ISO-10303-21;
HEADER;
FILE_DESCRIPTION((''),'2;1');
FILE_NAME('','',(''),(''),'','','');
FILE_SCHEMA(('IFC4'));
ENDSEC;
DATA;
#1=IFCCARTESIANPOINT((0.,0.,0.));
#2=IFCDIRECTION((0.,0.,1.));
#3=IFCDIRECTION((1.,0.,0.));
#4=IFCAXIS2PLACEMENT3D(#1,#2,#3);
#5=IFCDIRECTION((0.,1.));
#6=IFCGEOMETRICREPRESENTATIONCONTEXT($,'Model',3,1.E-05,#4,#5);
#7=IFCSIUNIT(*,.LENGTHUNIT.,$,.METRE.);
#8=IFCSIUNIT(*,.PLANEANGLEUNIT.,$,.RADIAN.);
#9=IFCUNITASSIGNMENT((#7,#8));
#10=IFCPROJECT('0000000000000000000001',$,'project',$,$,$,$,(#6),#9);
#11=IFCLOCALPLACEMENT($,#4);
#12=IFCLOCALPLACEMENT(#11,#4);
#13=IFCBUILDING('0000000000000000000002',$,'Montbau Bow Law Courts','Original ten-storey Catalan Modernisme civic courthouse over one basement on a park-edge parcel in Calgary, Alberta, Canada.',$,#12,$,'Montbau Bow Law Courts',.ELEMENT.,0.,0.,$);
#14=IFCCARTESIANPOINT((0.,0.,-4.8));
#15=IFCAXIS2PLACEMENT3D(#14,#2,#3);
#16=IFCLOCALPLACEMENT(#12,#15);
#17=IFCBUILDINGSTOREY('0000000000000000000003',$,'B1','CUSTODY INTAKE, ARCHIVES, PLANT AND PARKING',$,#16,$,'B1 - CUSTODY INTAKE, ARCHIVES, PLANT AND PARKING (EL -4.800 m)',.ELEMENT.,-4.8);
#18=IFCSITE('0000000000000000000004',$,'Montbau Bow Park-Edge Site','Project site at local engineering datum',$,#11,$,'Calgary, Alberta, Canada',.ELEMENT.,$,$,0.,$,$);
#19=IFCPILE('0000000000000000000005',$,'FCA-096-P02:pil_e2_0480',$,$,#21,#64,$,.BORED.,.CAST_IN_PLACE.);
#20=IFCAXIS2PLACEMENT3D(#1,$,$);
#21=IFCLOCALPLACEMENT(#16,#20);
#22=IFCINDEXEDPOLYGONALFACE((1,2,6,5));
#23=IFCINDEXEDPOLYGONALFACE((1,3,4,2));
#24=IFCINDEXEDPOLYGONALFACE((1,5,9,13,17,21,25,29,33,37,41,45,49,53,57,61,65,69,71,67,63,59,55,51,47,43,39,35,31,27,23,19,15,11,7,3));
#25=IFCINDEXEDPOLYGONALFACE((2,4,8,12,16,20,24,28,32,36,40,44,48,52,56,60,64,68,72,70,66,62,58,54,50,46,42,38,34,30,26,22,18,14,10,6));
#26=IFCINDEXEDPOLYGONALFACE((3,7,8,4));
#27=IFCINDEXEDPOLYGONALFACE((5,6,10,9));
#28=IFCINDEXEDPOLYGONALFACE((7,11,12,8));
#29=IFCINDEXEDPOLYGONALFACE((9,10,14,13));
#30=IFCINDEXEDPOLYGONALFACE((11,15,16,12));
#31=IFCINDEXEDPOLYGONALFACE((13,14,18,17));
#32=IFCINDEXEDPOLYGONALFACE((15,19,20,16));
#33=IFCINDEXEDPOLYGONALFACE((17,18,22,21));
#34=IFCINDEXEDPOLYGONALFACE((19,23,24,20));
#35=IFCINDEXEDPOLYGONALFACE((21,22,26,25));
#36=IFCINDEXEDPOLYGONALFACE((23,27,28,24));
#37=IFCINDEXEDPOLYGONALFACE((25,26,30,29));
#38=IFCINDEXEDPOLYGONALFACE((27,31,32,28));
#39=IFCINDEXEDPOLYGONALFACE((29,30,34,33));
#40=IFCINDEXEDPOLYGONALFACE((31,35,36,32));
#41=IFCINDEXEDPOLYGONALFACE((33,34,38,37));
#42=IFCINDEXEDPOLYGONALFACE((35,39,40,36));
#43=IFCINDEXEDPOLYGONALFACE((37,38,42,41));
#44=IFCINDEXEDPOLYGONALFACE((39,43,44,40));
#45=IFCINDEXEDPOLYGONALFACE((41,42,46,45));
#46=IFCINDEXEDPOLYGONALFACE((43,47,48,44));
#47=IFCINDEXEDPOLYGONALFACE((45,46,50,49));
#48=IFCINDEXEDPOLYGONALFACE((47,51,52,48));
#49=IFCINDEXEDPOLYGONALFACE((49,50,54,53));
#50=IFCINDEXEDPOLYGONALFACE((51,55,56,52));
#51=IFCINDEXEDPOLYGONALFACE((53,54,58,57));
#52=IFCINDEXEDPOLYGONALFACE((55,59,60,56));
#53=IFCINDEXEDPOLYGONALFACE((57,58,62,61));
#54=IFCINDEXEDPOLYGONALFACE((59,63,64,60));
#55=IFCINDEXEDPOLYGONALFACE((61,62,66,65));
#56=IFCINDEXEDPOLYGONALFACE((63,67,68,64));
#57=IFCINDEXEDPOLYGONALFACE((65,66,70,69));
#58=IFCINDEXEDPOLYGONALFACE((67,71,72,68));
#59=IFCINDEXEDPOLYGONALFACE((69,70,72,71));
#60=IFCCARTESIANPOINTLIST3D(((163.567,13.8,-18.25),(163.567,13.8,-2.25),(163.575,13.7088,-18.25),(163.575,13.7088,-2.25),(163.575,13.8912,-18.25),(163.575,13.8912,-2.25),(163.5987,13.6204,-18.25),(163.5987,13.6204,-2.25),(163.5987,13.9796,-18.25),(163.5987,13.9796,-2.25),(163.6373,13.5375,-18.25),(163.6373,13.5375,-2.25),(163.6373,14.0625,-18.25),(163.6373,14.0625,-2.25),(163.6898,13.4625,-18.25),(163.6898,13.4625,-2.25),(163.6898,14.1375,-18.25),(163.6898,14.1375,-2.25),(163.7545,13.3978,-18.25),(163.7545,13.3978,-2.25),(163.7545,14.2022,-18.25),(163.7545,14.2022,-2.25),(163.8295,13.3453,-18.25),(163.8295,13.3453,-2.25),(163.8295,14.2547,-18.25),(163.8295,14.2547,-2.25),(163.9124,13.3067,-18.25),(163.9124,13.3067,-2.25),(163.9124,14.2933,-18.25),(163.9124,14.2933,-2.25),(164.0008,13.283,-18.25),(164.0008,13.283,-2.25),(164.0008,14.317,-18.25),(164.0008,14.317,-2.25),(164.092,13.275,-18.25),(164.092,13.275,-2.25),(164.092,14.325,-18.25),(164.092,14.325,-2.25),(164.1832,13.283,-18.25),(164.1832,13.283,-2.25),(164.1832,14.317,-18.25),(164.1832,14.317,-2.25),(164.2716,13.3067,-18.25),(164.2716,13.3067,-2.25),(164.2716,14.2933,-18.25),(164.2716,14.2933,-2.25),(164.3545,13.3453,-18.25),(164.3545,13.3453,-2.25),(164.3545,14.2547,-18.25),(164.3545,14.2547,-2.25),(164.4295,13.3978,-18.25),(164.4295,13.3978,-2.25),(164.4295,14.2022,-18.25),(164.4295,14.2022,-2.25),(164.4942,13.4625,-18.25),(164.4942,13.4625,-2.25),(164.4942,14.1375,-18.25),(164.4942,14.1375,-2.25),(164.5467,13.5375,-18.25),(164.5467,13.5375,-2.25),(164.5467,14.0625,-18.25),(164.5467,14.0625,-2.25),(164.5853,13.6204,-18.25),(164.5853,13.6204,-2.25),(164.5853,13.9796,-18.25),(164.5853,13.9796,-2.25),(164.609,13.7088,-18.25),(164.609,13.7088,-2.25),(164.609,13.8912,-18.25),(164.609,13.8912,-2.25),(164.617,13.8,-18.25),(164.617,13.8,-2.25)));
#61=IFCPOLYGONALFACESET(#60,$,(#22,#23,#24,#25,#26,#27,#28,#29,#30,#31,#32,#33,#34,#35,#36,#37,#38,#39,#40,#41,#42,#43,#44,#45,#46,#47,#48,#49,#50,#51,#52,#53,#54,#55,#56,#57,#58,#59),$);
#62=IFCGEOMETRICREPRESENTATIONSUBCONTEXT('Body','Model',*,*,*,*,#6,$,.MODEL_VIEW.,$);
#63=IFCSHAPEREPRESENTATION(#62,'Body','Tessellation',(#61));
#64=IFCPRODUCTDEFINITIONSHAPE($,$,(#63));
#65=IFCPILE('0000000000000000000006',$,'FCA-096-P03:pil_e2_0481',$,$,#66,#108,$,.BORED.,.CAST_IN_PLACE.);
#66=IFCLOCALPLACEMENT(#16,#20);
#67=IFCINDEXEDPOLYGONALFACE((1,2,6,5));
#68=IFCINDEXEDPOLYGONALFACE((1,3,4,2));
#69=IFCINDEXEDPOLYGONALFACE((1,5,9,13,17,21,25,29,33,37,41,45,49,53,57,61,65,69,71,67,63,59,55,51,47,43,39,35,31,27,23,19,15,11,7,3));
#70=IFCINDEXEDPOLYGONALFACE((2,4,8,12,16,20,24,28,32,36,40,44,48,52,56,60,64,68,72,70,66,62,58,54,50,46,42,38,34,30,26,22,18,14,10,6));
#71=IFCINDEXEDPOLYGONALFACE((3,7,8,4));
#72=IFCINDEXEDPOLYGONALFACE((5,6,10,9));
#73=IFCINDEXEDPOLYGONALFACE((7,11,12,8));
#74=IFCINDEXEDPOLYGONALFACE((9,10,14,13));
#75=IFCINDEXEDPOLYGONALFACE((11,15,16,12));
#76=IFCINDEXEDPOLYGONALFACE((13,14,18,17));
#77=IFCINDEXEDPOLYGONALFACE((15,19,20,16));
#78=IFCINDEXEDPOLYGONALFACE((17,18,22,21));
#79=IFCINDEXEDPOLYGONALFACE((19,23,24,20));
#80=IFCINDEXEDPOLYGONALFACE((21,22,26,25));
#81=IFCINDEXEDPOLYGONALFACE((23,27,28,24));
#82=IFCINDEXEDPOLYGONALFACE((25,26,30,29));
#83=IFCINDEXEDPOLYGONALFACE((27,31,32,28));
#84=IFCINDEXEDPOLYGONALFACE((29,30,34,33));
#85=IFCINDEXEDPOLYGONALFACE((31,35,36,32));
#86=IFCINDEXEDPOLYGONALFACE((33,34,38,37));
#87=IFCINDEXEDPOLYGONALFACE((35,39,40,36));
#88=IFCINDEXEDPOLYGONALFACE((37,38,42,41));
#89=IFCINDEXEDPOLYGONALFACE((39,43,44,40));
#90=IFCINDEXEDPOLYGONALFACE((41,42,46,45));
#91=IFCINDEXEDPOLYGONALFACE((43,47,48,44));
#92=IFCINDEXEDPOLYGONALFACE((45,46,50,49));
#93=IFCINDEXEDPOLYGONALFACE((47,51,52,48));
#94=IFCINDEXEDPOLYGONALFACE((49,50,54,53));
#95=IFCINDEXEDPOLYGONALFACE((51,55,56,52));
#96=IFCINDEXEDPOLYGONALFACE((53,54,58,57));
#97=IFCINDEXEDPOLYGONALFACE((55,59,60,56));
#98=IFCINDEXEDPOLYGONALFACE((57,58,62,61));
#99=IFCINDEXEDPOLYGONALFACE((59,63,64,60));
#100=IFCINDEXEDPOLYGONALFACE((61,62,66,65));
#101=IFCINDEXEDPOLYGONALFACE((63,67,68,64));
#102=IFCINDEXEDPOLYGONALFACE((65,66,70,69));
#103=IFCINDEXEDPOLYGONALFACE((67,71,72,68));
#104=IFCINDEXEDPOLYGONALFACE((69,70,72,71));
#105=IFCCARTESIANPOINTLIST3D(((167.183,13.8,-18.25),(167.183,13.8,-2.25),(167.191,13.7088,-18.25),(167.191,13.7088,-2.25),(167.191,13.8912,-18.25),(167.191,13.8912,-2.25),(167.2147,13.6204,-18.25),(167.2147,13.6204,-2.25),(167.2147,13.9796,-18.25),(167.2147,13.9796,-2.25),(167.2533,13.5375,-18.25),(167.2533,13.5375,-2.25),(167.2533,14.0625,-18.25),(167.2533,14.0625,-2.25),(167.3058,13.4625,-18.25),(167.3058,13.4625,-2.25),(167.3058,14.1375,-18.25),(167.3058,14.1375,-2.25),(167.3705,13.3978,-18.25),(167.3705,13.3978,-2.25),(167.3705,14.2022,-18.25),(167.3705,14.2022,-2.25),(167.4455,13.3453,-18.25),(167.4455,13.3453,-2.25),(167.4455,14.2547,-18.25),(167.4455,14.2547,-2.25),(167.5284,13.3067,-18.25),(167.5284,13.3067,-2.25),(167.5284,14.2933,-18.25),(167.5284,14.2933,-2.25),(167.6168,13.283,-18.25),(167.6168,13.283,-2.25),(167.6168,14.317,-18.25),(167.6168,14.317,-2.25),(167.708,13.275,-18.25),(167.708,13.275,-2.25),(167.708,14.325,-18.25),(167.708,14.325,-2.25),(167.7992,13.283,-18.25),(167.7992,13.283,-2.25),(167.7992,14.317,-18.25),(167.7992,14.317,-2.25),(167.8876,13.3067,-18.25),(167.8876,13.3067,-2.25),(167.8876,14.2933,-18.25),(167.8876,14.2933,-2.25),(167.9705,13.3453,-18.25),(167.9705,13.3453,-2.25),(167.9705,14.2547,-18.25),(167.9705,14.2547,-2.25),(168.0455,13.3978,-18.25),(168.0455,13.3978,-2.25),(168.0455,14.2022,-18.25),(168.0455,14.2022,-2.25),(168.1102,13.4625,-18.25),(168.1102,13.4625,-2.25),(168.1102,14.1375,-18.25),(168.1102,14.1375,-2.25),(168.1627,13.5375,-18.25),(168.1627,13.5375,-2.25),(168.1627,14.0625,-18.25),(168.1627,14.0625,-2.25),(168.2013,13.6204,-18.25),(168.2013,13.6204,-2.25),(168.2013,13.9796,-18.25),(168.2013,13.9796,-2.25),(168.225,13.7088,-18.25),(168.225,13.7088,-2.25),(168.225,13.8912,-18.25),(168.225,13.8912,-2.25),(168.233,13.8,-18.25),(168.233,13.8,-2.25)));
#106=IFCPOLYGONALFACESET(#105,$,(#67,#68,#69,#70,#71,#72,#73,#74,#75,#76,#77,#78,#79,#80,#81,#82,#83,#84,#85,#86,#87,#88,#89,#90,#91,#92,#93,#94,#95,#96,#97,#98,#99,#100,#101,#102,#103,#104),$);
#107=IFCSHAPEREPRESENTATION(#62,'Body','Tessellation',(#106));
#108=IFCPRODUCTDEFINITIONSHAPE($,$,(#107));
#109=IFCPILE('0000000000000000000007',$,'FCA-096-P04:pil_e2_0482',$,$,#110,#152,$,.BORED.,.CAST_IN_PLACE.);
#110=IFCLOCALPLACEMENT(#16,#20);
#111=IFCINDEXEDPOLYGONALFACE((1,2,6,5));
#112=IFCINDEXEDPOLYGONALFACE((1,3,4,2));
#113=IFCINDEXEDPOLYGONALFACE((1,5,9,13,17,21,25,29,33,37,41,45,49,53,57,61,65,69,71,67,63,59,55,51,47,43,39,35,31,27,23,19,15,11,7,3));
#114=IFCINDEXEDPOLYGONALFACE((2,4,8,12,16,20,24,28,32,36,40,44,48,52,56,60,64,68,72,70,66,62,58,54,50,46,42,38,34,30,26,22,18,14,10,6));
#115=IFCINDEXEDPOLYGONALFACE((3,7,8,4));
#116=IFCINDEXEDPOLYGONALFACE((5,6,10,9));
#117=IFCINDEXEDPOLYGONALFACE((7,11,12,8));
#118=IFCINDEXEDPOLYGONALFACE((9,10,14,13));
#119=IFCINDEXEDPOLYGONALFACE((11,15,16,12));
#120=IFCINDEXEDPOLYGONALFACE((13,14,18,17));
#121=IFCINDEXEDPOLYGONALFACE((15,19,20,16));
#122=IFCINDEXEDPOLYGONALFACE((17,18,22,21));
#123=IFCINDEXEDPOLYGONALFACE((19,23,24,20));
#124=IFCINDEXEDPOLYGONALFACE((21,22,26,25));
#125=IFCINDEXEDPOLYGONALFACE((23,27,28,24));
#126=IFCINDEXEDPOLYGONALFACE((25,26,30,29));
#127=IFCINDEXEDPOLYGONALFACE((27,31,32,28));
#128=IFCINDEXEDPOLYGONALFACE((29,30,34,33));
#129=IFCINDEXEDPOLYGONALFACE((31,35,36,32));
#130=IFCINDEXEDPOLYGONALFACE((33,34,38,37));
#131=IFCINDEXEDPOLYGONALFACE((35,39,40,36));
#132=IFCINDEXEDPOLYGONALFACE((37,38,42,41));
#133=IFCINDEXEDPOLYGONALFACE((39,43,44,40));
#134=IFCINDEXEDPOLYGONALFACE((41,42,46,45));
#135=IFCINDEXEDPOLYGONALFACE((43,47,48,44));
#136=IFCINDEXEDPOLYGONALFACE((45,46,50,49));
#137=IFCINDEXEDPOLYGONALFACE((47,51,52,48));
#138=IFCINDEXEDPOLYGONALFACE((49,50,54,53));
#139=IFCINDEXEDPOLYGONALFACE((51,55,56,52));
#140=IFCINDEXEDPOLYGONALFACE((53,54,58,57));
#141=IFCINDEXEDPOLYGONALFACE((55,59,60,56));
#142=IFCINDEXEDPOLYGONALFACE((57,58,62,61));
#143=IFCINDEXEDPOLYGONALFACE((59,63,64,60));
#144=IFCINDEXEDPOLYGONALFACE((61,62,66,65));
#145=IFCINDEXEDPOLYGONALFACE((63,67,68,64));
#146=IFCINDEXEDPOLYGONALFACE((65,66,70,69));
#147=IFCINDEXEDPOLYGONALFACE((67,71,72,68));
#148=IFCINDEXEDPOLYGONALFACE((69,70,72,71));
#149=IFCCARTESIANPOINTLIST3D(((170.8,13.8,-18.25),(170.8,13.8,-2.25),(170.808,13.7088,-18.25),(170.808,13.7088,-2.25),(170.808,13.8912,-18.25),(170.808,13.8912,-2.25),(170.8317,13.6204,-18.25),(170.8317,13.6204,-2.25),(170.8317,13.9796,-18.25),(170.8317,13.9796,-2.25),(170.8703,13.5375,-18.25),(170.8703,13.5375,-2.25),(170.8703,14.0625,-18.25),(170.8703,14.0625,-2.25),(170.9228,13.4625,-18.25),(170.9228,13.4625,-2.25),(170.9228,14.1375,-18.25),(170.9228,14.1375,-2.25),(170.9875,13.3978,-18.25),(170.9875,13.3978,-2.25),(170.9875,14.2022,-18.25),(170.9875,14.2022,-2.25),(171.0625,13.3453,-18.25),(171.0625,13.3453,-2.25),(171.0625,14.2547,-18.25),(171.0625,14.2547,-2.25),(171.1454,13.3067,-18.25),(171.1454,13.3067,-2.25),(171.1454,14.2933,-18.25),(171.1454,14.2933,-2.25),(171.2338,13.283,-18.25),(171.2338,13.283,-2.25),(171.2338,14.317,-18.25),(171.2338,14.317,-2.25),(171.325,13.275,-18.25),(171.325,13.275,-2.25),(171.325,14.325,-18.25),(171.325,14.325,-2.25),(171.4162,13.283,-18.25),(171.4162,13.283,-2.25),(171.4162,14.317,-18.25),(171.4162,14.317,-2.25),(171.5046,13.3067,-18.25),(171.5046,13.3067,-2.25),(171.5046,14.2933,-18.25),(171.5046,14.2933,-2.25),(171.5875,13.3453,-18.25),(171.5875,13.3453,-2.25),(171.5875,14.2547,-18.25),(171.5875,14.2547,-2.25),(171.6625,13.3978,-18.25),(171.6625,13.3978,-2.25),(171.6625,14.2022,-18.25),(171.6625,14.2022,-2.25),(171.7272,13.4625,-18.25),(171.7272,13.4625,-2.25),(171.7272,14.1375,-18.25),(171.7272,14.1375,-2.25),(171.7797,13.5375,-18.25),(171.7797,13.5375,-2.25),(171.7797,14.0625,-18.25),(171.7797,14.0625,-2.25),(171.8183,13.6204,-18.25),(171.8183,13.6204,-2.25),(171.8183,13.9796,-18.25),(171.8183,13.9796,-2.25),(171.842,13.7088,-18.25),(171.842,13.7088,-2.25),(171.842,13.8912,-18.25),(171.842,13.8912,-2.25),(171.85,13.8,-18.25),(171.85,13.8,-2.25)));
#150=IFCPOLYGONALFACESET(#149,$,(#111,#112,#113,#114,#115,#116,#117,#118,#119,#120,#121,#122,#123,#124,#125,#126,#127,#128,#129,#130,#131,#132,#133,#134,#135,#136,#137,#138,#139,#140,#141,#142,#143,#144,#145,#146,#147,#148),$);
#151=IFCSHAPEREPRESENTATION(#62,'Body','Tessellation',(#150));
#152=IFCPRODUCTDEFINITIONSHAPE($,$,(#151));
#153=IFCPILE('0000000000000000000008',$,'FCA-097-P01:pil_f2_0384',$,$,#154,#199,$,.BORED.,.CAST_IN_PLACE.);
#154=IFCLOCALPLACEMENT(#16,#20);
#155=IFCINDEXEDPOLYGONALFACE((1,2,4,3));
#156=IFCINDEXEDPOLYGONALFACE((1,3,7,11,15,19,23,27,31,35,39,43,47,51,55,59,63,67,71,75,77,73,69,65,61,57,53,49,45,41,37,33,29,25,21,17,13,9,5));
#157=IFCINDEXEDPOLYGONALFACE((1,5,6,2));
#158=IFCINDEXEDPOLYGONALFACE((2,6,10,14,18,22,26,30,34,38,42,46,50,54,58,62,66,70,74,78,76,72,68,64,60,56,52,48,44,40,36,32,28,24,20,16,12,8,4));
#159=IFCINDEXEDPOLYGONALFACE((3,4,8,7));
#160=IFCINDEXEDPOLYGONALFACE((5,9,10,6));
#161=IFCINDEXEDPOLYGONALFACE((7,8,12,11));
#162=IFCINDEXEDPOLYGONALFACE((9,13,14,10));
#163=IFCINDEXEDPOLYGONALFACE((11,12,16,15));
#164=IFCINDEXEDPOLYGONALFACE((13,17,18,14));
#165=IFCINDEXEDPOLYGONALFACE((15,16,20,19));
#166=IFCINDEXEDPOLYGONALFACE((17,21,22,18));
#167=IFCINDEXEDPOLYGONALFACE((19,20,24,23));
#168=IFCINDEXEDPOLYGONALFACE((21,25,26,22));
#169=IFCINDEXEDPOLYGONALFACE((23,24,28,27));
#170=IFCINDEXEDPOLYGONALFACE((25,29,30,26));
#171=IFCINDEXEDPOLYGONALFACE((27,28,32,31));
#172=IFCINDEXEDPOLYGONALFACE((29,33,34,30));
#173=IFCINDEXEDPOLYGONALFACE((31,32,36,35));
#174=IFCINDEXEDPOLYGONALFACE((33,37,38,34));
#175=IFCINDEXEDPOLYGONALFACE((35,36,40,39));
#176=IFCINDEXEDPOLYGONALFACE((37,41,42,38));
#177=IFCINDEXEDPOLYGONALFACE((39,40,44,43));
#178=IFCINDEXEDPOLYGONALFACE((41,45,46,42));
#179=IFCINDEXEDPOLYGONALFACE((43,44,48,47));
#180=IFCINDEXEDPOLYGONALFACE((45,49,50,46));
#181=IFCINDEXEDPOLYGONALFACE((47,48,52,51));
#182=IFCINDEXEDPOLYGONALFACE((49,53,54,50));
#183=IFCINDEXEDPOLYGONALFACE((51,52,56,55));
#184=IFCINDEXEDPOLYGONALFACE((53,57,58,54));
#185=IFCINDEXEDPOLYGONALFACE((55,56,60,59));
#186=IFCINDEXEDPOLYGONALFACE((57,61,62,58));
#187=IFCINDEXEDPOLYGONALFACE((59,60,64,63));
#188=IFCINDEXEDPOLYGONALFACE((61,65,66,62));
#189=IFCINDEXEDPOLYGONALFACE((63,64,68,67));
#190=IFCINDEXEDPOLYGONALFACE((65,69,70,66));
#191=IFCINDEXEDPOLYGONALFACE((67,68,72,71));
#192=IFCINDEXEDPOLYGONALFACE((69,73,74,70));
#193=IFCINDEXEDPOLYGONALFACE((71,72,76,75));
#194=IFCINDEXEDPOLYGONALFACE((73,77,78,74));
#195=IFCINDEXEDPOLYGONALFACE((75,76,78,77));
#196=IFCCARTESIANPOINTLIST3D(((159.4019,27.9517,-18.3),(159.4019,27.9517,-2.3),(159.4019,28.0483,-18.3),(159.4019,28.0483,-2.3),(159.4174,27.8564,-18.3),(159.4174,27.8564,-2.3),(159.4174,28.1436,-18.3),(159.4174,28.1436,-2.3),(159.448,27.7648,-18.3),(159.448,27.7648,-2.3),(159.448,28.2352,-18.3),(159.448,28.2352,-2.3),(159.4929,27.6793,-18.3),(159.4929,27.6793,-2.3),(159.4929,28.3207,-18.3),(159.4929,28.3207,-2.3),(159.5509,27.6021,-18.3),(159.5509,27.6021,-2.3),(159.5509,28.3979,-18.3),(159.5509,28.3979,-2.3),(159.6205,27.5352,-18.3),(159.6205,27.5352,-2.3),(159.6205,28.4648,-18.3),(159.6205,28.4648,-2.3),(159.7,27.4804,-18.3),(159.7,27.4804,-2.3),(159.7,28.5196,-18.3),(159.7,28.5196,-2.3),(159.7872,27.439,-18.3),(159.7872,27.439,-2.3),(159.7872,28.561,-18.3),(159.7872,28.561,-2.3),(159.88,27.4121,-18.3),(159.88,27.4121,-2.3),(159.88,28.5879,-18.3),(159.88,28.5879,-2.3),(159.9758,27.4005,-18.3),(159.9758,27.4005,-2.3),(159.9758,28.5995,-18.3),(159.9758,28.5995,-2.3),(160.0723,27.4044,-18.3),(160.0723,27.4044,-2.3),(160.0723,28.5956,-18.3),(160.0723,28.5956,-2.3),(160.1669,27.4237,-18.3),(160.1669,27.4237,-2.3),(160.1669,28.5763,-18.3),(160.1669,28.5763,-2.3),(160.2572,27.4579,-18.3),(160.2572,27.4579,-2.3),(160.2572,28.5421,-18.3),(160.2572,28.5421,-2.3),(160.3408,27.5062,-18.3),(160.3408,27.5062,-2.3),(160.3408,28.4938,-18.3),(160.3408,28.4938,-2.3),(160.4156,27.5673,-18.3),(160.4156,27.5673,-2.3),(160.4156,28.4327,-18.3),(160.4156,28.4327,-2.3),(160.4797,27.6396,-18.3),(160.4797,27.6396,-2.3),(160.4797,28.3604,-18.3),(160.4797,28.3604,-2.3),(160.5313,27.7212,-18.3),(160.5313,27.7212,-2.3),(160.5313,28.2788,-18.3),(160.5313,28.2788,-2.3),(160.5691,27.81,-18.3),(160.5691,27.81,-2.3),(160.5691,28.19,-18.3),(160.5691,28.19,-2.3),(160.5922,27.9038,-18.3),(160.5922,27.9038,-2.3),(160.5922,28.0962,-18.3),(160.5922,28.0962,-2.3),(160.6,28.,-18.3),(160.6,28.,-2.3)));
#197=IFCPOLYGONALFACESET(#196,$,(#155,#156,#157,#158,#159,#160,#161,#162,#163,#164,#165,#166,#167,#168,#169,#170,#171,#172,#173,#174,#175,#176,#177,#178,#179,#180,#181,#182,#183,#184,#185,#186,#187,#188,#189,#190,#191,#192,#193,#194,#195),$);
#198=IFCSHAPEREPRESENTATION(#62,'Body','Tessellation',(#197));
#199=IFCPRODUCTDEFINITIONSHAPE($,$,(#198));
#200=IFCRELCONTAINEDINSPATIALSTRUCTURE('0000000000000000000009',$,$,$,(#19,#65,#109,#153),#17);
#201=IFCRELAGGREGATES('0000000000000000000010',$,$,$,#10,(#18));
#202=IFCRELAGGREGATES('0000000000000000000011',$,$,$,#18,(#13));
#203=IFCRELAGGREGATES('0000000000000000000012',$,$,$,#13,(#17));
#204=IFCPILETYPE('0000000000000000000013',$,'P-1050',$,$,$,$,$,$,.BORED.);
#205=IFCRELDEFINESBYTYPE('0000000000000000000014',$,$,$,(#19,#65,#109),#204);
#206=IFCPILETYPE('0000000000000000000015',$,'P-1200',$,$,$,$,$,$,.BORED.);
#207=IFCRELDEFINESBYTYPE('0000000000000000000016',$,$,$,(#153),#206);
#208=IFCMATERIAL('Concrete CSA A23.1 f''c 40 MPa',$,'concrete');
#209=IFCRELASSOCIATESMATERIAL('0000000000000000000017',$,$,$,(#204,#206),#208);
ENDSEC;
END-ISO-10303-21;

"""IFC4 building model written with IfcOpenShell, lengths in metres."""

from ifc_helpers import new_model, si_unit, direction, frame, origin_with_axes, origin_2d_with_axis, place, context, subcontext, project, spatial, circle, extrude, material, material_profile, profile_set, type_object, element, save


model = new_model("IFC4")

# Units and contexts
model_context = context("Model", 3, precision=1e-05, world=origin_with_axes(), true_north=direction((0.0, 1.0)))
body_context = subcontext(model_context, "Body", "Model", "MODEL_VIEW")
ifc_project = project(units=[si_unit("LENGTHUNIT", "METRE"), si_unit("PLANEANGLEUNIT", "RADIAN")], contexts=[model_context])

# Site, building, storey
site_placement = place(None, origin_with_axes())
site = spatial("IfcSite", under=ifc_project, at=site_placement, Name="Montbau Bow Park-Edge Site", Description="Project site at local engineering datum", LongName="Calgary, Alberta, Canada", CompositionType="ELEMENT", RefElevation=0.0)
building_placement = place(site_placement, origin_with_axes())
building = spatial("IfcBuilding", under=site, at=building_placement, Name="Montbau Bow Law Courts", Description="Original ten-storey Catalan Modernisme civic courthouse over one basement on a park-edge parcel in Calgary, Alberta, Canada.", LongName="Montbau Bow Law Courts", CompositionType="ELEMENT", ElevationOfRefHeight=0.0, ElevationOfTerrain=0.0)
storey_placement = place(building_placement, frame((0.0, 0.0, -4.8), z_axis=(0.0, 0.0, 1.0), x_axis=(1.0, 0.0, 0.0)))
storey = spatial("IfcBuildingStorey", under=building, at=storey_placement, Name="B1", Description="CUSTODY INTAKE, ARCHIVES, PLANT AND PARKING", LongName="B1 - CUSTODY INTAKE, ARCHIVES, PLANT AND PARKING (EL -4.800 m)", CompositionType="ELEMENT", Elevation=-4.8)

# Piles
ifc_material_1 = material(Name="Concrete CSA A23.1 f'c 40 MPa", Category="concrete")
ifc_material_profile_1 = material_profile(ifc_material_1, circle(Radius=0.525, at=origin_2d_with_axis()), Name="BP1050", Category="Main", Priority=0)
ifc_profile_set_1 = profile_set([ifc_material_profile_1], Name="Concrete CSA A23.1 f'c 40 MPa")
pile_type_1 = type_object("IfcPileType", Name="P-1050", PredefinedType="BORED", material=ifc_profile_set_1)
for number, where, z_axis, x_axis, name in (
    (1, (164.092, 13.8, -23.05), (0.0, 0.0, 1.0), (1.0, 0.0, 0.0), "FCA-096-P02:pil_e2_0480"),
    (2, (167.708, 13.8, -23.05), (0.0, 0.0, 1.0), (1.0, 0.0, 0.0), "FCA-096-P03:pil_e2_0481"),
    (3, (171.325, 13.8, -23.05), (0.0, 0.0, 1.0), (1.0, 0.0, 0.0), "FCA-096-P04:pil_e2_0482"),
):
    element("IfcPile", number, at=place(None, frame(where, z_axis=z_axis, x_axis=x_axis)), inside=storey, type_object=pile_type_1, Name=name, ConstructionType="CAST_IN_PLACE", PredefinedType="BORED", context=body_context, shape_type="SweptSolid", body=[
        extrude(circle(Radius=0.525, at=origin_2d_with_axis()), origin_with_axes(), (0.0, 0.0, 1.0), 16.0),
    ])
ifc_material_profile_2 = material_profile(ifc_material_1, circle(Radius=0.6, at=origin_2d_with_axis()), Name="BP1200", Category="Main", Priority=0)
ifc_profile_set_2 = profile_set([ifc_material_profile_2], Name="Concrete CSA A23.1 f'c 40 MPa")
pile_type_2 = type_object("IfcPileType", Name="P-1200", PredefinedType="BORED", material=ifc_profile_set_2)
for number, where, z_axis, x_axis, name in (
    (4, (160.0, 28.0, -23.1), (0.0, 0.0, 1.0), (1.0, 0.0, 0.0), "FCA-097-P01:pil_f2_0384"),
):
    element("IfcPile", number, at=place(None, frame(where, z_axis=z_axis, x_axis=x_axis)), inside=storey, type_object=pile_type_2, Name=name, ConstructionType="CAST_IN_PLACE", PredefinedType="BORED", context=body_context, shape_type="SweptSolid", body=[
        extrude(circle(Radius=0.6, at=origin_2d_with_axis()), origin_with_axes(), (0.0, 0.0, 1.0), 16.0),
    ])

save(model, "model.ifc")
